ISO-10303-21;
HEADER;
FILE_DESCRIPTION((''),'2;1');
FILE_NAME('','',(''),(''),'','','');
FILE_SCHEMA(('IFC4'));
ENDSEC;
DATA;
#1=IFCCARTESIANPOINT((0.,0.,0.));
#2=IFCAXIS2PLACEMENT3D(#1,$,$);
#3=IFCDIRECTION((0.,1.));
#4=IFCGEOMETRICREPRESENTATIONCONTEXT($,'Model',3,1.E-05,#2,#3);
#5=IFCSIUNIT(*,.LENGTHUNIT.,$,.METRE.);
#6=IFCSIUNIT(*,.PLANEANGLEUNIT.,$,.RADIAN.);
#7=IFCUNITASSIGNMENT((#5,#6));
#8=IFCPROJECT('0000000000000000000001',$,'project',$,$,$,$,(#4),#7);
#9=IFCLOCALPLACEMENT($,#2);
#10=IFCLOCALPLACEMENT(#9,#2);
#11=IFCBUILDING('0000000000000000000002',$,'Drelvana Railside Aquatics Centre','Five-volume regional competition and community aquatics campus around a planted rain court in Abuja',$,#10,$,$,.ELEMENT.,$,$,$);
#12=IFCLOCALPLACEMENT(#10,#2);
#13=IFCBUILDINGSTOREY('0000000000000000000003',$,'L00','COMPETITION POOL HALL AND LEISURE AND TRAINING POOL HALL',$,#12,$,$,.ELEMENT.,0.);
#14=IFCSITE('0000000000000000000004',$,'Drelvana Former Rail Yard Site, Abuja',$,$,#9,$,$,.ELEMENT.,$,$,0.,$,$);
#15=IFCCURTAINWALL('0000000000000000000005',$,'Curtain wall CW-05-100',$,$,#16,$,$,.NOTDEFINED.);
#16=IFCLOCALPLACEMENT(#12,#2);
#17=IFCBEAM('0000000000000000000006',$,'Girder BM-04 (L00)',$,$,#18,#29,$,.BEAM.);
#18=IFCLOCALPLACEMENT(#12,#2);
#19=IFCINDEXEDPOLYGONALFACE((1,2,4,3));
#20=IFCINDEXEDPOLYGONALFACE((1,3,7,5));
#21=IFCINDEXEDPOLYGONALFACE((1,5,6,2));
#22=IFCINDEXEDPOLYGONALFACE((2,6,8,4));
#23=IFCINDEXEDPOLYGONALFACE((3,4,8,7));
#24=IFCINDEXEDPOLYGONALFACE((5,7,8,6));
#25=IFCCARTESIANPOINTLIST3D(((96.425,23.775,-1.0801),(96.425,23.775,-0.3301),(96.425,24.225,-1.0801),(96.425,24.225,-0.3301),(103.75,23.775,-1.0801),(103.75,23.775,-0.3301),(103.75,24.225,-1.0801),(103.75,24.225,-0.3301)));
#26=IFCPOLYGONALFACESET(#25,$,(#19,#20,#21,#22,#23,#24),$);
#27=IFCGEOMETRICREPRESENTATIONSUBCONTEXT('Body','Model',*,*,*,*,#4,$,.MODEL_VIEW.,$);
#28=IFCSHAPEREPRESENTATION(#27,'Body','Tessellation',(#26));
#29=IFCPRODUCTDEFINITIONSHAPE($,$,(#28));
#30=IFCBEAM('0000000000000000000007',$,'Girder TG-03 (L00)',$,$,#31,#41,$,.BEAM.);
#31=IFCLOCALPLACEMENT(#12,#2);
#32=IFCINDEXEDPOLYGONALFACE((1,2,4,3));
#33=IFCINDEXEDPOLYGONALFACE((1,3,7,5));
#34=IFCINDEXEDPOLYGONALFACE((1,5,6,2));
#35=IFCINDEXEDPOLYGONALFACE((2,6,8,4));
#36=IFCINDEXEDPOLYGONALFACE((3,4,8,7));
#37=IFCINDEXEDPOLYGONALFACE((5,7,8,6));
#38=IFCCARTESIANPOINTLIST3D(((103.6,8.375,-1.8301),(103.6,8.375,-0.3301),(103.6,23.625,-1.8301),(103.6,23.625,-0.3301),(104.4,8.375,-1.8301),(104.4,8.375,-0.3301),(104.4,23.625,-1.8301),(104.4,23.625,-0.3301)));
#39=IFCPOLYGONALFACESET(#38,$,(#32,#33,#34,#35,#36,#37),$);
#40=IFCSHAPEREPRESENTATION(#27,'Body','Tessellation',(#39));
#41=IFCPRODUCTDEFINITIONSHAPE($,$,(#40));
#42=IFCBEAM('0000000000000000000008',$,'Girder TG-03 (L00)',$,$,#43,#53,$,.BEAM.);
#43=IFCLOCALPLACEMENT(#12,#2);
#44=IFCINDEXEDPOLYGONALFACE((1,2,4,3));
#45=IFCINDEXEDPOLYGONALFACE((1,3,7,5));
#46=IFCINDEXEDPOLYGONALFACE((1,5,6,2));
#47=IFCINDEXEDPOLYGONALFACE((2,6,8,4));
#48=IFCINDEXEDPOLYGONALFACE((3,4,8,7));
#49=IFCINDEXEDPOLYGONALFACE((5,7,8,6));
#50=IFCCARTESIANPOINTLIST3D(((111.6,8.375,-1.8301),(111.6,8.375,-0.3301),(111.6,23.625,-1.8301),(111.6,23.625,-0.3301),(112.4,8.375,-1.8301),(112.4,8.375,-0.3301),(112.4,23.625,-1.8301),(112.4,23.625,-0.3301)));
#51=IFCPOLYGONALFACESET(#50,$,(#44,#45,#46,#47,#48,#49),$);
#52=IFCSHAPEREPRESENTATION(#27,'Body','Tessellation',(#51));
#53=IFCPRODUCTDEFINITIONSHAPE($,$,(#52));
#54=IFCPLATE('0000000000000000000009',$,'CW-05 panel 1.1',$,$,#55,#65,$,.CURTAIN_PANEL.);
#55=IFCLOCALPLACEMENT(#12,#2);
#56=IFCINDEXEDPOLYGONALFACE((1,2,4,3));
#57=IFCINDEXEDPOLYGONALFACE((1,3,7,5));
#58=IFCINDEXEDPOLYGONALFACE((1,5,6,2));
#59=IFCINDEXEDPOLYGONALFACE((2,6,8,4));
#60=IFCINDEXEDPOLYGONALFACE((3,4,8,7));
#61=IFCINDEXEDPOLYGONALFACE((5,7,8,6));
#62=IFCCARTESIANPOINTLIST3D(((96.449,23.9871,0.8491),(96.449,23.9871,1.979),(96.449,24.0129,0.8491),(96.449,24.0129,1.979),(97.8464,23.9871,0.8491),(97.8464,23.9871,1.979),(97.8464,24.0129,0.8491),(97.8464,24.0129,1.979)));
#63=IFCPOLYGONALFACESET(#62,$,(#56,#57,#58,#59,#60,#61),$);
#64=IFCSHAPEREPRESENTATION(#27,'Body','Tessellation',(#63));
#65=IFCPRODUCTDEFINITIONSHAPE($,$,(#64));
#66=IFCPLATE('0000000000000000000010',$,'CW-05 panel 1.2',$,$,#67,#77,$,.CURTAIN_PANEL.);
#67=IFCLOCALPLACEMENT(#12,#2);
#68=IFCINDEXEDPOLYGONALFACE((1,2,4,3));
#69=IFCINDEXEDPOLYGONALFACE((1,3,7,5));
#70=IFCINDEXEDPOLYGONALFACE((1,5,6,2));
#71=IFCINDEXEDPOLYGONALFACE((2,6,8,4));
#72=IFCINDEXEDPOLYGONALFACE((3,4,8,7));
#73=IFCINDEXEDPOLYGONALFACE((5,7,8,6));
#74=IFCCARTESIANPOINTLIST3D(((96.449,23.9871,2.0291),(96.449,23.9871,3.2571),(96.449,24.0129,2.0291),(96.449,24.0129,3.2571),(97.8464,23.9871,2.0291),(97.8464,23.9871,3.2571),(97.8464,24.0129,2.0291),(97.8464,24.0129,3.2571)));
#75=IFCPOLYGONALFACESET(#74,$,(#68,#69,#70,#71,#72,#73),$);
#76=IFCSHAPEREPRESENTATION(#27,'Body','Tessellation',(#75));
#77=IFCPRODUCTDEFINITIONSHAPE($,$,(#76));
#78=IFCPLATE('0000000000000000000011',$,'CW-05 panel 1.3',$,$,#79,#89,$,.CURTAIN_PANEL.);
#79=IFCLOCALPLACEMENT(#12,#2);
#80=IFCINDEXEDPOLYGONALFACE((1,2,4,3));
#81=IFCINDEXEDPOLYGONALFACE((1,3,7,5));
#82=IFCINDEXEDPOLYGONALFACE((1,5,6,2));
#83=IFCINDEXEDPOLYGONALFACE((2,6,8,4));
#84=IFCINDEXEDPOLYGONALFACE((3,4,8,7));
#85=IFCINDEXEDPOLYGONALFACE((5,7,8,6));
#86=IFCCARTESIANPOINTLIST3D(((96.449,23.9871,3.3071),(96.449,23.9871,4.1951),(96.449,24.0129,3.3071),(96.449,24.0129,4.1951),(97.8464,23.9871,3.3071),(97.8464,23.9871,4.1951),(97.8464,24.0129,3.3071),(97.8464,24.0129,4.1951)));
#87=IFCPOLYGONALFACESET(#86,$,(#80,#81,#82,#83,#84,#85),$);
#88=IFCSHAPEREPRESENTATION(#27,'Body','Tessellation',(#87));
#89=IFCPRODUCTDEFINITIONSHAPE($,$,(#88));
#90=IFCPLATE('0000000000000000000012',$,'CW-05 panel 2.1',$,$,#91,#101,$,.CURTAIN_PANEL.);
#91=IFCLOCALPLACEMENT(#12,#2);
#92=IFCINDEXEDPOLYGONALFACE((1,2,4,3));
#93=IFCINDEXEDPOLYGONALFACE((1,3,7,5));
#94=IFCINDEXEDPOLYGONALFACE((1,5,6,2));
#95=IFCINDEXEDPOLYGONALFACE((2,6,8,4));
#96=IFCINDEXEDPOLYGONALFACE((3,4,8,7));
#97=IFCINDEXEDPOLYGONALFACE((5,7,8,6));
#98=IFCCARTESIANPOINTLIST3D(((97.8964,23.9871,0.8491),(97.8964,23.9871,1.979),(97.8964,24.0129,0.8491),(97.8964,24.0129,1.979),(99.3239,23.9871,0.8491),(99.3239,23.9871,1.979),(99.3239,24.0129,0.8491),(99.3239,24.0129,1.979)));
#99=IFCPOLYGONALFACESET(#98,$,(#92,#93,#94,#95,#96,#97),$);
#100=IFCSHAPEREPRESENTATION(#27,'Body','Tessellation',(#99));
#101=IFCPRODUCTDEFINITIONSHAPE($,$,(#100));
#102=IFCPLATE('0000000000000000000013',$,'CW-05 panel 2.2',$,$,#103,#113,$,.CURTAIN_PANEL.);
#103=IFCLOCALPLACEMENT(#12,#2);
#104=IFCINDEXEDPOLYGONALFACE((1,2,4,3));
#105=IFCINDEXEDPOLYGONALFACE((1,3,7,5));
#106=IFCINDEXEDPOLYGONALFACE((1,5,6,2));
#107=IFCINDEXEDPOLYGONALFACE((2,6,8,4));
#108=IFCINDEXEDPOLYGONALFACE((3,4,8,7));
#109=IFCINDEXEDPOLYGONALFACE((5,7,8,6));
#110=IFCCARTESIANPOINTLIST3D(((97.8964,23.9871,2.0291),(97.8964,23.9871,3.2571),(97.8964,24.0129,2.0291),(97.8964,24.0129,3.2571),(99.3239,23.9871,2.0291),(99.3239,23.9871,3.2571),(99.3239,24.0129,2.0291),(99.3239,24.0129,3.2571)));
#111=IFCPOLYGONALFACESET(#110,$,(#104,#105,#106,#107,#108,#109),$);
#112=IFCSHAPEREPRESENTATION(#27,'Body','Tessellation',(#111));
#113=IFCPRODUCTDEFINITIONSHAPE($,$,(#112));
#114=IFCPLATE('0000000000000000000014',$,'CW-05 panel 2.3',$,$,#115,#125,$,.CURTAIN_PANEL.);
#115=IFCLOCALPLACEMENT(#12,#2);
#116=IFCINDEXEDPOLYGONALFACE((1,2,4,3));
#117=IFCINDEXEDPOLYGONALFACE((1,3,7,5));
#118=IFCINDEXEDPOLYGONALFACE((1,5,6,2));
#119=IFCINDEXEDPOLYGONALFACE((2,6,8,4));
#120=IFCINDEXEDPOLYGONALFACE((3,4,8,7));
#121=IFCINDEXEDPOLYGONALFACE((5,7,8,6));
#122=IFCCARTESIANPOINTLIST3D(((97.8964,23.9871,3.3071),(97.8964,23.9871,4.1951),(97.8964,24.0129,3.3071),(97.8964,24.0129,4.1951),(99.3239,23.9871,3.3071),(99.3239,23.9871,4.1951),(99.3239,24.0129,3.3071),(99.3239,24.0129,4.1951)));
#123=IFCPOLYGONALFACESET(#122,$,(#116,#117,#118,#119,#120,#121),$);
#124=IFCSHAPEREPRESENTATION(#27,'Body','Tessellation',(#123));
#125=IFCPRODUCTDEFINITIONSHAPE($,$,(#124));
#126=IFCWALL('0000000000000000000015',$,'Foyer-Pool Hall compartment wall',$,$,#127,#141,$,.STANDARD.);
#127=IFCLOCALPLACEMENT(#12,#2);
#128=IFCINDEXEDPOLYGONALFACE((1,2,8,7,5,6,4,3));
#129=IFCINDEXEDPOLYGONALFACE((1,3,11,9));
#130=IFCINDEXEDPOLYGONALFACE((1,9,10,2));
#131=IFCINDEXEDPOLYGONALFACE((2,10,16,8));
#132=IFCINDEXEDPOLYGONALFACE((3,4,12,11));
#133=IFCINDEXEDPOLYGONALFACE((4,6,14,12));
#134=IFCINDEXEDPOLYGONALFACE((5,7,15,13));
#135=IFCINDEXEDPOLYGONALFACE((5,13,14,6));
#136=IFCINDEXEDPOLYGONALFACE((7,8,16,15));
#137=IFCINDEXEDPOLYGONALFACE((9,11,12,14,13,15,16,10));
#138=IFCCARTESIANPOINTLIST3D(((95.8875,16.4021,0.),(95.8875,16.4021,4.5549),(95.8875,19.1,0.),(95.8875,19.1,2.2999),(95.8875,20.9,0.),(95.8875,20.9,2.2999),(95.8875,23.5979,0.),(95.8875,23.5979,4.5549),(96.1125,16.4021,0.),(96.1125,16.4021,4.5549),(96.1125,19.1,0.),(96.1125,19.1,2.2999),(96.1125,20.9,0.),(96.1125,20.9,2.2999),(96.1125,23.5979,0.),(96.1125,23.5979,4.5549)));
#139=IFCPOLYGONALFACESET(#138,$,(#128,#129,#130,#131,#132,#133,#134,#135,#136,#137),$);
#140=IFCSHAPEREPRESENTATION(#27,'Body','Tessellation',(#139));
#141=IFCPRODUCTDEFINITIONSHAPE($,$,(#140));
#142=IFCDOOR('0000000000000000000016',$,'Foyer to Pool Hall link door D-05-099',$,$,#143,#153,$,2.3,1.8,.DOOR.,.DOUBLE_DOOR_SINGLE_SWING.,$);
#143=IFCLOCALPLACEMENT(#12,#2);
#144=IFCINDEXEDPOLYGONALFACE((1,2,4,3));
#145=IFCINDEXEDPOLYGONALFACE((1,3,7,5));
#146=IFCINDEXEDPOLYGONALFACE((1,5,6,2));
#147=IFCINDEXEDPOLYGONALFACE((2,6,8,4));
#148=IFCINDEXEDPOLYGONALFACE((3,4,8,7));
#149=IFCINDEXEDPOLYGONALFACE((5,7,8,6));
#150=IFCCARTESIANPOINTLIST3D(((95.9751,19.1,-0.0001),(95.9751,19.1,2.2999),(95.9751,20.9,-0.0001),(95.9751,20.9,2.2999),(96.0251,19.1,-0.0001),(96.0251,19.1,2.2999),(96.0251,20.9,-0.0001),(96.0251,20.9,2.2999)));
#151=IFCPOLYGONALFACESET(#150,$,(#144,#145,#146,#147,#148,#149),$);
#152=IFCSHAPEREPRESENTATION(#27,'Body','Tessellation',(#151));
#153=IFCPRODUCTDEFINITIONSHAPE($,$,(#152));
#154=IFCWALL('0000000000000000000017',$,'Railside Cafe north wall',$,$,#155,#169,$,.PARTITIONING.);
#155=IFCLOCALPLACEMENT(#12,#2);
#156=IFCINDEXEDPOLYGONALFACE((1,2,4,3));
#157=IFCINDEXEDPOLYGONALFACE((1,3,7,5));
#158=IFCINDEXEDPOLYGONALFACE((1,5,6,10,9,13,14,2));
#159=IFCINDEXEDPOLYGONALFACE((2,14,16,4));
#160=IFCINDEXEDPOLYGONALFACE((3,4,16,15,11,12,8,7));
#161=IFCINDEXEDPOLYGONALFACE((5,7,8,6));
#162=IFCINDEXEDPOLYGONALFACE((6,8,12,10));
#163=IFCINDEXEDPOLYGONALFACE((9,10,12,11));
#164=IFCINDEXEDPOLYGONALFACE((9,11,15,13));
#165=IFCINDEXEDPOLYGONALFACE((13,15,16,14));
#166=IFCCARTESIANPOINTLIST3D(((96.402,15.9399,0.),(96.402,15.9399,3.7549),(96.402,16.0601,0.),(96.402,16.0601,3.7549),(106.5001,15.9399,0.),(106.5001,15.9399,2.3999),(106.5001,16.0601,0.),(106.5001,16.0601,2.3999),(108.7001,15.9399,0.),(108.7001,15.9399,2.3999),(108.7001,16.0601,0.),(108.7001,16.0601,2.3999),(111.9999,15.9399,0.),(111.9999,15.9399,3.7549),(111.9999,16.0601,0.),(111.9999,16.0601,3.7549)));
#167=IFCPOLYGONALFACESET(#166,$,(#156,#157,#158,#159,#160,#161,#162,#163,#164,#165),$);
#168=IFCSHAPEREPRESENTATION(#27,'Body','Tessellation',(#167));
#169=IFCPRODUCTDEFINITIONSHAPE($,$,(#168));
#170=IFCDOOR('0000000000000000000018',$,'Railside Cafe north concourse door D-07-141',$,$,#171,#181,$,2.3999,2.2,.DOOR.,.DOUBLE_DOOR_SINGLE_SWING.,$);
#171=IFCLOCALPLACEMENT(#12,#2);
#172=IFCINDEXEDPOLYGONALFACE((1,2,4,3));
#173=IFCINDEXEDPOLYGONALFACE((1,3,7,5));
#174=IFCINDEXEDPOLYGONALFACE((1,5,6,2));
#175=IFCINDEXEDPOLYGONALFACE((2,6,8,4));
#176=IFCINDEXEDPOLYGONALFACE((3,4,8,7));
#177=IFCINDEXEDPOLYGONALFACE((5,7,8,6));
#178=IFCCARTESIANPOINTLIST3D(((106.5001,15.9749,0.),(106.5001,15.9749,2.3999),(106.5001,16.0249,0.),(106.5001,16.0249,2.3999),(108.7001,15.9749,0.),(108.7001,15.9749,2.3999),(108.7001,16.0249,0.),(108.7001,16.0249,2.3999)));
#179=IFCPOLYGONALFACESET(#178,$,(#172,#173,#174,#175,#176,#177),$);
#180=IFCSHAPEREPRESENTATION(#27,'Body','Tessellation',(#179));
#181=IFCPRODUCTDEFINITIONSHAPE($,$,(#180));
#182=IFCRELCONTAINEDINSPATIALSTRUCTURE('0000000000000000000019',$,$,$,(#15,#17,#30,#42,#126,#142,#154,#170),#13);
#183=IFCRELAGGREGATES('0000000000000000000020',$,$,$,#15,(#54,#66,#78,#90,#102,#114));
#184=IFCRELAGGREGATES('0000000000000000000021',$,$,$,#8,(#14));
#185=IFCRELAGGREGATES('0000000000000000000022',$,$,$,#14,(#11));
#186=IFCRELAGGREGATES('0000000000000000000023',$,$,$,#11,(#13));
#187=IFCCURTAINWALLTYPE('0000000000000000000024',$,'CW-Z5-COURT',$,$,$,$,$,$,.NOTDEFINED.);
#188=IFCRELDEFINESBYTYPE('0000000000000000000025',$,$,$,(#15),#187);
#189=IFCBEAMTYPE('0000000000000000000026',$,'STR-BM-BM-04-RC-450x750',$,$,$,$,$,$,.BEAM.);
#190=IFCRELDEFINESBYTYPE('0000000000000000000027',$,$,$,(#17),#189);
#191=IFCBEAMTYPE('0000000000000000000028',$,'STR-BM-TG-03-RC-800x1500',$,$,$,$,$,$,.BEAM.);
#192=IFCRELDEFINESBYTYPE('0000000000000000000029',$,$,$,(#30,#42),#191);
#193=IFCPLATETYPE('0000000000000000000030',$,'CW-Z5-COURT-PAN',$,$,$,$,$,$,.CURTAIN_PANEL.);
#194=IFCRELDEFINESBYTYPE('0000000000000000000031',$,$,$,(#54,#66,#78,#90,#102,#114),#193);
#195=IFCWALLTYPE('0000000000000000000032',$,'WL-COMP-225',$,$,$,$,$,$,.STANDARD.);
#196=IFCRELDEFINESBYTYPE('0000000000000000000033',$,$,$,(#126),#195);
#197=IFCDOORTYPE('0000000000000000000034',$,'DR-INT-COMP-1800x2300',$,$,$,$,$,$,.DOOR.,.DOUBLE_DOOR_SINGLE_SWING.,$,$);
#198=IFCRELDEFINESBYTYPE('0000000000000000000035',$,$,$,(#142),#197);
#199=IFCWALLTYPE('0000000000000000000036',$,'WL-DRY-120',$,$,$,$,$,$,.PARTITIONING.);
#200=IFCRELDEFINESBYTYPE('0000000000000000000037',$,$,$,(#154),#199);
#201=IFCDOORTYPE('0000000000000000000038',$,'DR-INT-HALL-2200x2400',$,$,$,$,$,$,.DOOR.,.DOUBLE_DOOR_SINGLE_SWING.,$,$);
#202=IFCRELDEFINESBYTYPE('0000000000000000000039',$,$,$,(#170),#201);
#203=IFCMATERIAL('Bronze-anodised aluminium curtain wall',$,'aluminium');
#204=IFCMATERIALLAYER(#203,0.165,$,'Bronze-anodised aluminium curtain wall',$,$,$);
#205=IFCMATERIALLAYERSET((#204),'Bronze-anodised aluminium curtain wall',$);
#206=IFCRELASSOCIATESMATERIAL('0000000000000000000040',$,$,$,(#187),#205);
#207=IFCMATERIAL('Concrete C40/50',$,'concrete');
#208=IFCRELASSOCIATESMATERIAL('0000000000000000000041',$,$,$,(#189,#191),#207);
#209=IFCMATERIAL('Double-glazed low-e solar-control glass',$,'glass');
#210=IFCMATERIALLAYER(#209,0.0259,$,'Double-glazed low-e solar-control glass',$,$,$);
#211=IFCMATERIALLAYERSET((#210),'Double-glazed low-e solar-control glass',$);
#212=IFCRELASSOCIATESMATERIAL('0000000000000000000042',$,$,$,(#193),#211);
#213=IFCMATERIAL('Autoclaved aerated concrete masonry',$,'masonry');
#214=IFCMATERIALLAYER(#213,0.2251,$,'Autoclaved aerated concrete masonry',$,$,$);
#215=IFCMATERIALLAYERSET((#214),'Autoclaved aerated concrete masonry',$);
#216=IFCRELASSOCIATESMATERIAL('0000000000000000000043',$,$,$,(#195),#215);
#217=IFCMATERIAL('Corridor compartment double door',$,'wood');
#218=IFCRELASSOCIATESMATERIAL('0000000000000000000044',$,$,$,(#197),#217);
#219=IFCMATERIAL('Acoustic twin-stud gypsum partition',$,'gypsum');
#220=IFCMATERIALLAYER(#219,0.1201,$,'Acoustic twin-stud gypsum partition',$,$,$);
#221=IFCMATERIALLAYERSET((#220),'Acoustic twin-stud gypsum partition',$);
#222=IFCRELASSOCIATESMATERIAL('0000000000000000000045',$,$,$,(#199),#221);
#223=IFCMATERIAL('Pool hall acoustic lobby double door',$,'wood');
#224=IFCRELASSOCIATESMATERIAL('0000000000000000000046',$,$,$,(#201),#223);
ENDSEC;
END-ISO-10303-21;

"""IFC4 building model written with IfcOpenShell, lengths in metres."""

from ifc_helpers import new_model, si_unit, direction, frame, frame_2d, origin, origin_2d, place, context, subcontext, project, spatial, rectangle, extrude, material, layer, layer_set, material_profile, profile_set, type_object, element, fill, aggregate, save


model = new_model("IFC4")

# Units and contexts
model_context = context("Model", 3, precision=1e-05, world=origin(), true_north=direction((0.0, 1.0)))
body_context = subcontext(model_context, "Body", "Model", "MODEL_VIEW")
ifc_project = project(units=[si_unit("LENGTHUNIT", "METRE"), si_unit("PLANEANGLEUNIT", "RADIAN")], contexts=[model_context])

# Site, building, storey
site_placement = place(None, origin())
site = spatial("IfcSite", under=ifc_project, at=site_placement, Name="Drelvana Former Rail Yard Site, Abuja", CompositionType="ELEMENT", RefElevation=0.0)
building_placement = place(site_placement, origin())
building = spatial("IfcBuilding", under=site, at=building_placement, Name="Drelvana Railside Aquatics Centre", Description="Five-volume regional competition and community aquatics campus around a planted rain court in Abuja", CompositionType="ELEMENT")
storey_placement = place(building_placement, origin())
storey = spatial("IfcBuildingStorey", under=building, at=storey_placement, Name="L00", Description="COMPETITION POOL HALL AND LEISURE AND TRAINING POOL HALL", CompositionType="ELEMENT", Elevation=0.0)

# Curtain wall
ifc_material_1 = material(Name="Bronze-anodised aluminium curtain wall", Category="aluminium")
ifc_layer_1 = layer(ifc_material_1, 0.165, Name="Bronze-anodised aluminium curtain wall")
ifc_layer_set_1 = layer_set([ifc_layer_1], Name="Bronze-anodised aluminium curtain wall")
curtain_wall_type = type_object("IfcCurtainWallType", Name="CW-Z5-COURT", PredefinedType="NOTDEFINED", material=ifc_layer_set_1)
curtain_wall_placement = place(storey_placement, origin())
curtain_wall = element("IfcCurtainWall", 1, at=curtain_wall_placement, inside=storey, type_object=curtain_wall_type, Name="Curtain wall CW-05-100", PredefinedType="NOTDEFINED")

# Beams
ifc_material_2 = material(Name="Concrete C40/50", Category="concrete")
ifc_material_profile_1 = material_profile(ifc_material_2, rectangle(XDim=0.45, YDim=0.75, at=origin_2d()), Name="RC 450x750")
ifc_profile_set_1 = profile_set([ifc_material_profile_1], Name="Concrete C40/50")
beam_type_1 = type_object("IfcBeamType", Name="STR-BM-BM-04-RC-450x750", PredefinedType="BEAM", material=ifc_profile_set_1)
beam_placement = place(storey_placement, frame((96.425, 24.0, -0.7051), z_axis=(1.0, 0.0, 0.0), x_axis=(0.0, 1.0, 0.0)))
element("IfcBeam", 2, at=beam_placement, inside=storey, type_object=beam_type_1, Name="Girder BM-04 (L00)", PredefinedType="BEAM", context=body_context, shape_type="SweptSolid", body=[
    extrude(rectangle(XDim=0.45, YDim=0.75, at=origin_2d()), origin(), (0.0, 0.0, 1.0), 7.325),
])
ifc_material_profile_2 = material_profile(ifc_material_2, rectangle(XDim=0.8, YDim=1.5, at=origin_2d()), Name="RC 800x1500")
ifc_profile_set_2 = profile_set([ifc_material_profile_2], Name="Concrete C40/50")
beam_type_2 = type_object("IfcBeamType", Name="STR-BM-TG-03-RC-800x1500", PredefinedType="BEAM", material=ifc_profile_set_2)
for number, where, z_axis, x_axis, name in (
    (3, (104.0, 8.375, -1.0801), (0.0, 1.0, 0.0), (-1.0, 0.0, 0.0), "Girder TG-03 (L00)"),
    (4, (112.0, 8.375, -1.0801), (0.0, 1.0, 0.0), (-1.0, 0.0, 0.0), "Girder TG-03 (L00)"),
):
    element("IfcBeam", number, at=place(storey_placement, frame(where, z_axis=z_axis, x_axis=x_axis)), inside=storey, type_object=beam_type_2, Name=name, PredefinedType="BEAM", context=body_context, shape_type="SweptSolid", body=[
        extrude(rectangle(XDim=0.8, YDim=1.5, at=origin_2d()), origin(), (0.0, 0.0, 1.0), 15.25),
    ])

# Plates
ifc_material_3 = material(Name="Double-glazed low-e solar-control glass", Category="glass")
ifc_layer_2 = layer(ifc_material_3, 0.0259, Name="Double-glazed low-e solar-control glass")
ifc_layer_set_2 = layer_set([ifc_layer_2], Name="Double-glazed low-e solar-control glass")
plate_type = type_object("IfcPlateType", Name="CW-Z5-COURT-PAN", PredefinedType="CURTAIN_PANEL", material=ifc_layer_set_2)
plate_1_placement = place(storey_placement, frame((97.1477, 24.0, 0.8491), z_axis=(0.0, 0.0, 1.0), x_axis=(1.0, 0.0, 0.0)))
plate_1 = element("IfcPlate", 5, at=plate_1_placement, type_object=plate_type, Name="CW-05 panel 1.1", PredefinedType="CURTAIN_PANEL", context=body_context, shape_type="SweptSolid", body=[
    extrude(rectangle(XDim=1.3975, YDim=0.0259, at=origin_2d()), origin(), (0.0, 0.0, 1.0), 1.1299),
])
plate_2_placement = place(storey_placement, frame((97.1477, 24.0, 2.0291), z_axis=(0.0, 0.0, 1.0), x_axis=(1.0, 0.0, 0.0)))
plate_2 = element("IfcPlate", 6, at=plate_2_placement, type_object=plate_type, Name="CW-05 panel 1.2", PredefinedType="CURTAIN_PANEL", context=body_context, shape_type="SweptSolid", body=[
    extrude(rectangle(XDim=1.3975, YDim=0.0259, at=origin_2d()), origin(), (0.0, 0.0, 1.0), 1.228),
])
plate_3_placement = place(storey_placement, frame((97.1477, 24.0, 3.3071), z_axis=(0.0, 0.0, 1.0), x_axis=(1.0, 0.0, 0.0)))
plate_3 = element("IfcPlate", 7, at=plate_3_placement, type_object=plate_type, Name="CW-05 panel 1.3", PredefinedType="CURTAIN_PANEL", context=body_context, shape_type="SweptSolid", body=[
    extrude(rectangle(XDim=1.3975, YDim=0.0259, at=origin_2d()), origin(), (0.0, 0.0, 1.0), 0.8879),
])
plate_4_placement = place(storey_placement, frame((98.6101, 24.0, 0.8491), z_axis=(0.0, 0.0, 1.0), x_axis=(1.0, 0.0, 0.0)))
plate_4 = element("IfcPlate", 8, at=plate_4_placement, type_object=plate_type, Name="CW-05 panel 2.1", PredefinedType="CURTAIN_PANEL", context=body_context, shape_type="SweptSolid", body=[
    extrude(rectangle(XDim=1.4275, YDim=0.0259, at=origin_2d()), origin(), (0.0, 0.0, 1.0), 1.1299),
])
plate_5_placement = place(storey_placement, frame((98.6101, 24.0, 2.0291), z_axis=(0.0, 0.0, 1.0), x_axis=(1.0, 0.0, 0.0)))
plate_5 = element("IfcPlate", 9, at=plate_5_placement, type_object=plate_type, Name="CW-05 panel 2.2", PredefinedType="CURTAIN_PANEL", context=body_context, shape_type="SweptSolid", body=[
    extrude(rectangle(XDim=1.4275, YDim=0.0259, at=origin_2d()), origin(), (0.0, 0.0, 1.0), 1.228),
])
plate_6_placement = place(storey_placement, frame((98.6101, 24.0, 3.3071), z_axis=(0.0, 0.0, 1.0), x_axis=(1.0, 0.0, 0.0)))
plate_6 = element("IfcPlate", 10, at=plate_6_placement, type_object=plate_type, Name="CW-05 panel 2.3", PredefinedType="CURTAIN_PANEL", context=body_context, shape_type="SweptSolid", body=[
    extrude(rectangle(XDim=1.4275, YDim=0.0259, at=origin_2d()), origin(), (0.0, 0.0, 1.0), 0.8879),
])
aggregate(curtain_wall, [plate_1, plate_2, plate_3, plate_4, plate_5, plate_6])

# Walls, openings, doors
ifc_material_4 = material(Name="Autoclaved aerated concrete masonry", Category="masonry")
ifc_layer_3 = layer(ifc_material_4, 0.2251, Name="Autoclaved aerated concrete masonry")
ifc_layer_set_3 = layer_set([ifc_layer_3], Name="Autoclaved aerated concrete masonry")
wall_type_1 = type_object("IfcWallType", Name="WL-COMP-225", PredefinedType="STANDARD", material=ifc_layer_set_3)
wall_1_placement = place(storey_placement, frame((96.0, 16.4021, 0.0), z_axis=(0.0, 0.0, 1.0), x_axis=(0.0, 1.0, 0.0)))
wall_1 = element("IfcWall", 11, at=wall_1_placement, inside=storey, type_object=wall_type_1, Name="Foyer-Pool Hall compartment wall", PredefinedType="STANDARD", context=body_context, shape_type="SweptSolid", body=[
    extrude(rectangle(XDim=7.1958, YDim=0.2251, at=frame_2d((3.5979, 0.0))), origin(), (0.0, 0.0, 1.0), 4.5549),
])
opening_1_placement = place(wall_1_placement, frame((2.698, 0.0, 0.0)))
opening_1 = element("IfcOpeningElement", 12, at=opening_1_placement, cuts=wall_1, PredefinedType="OPENING", context=body_context, shape_type="SweptSolid", body=[
    extrude(rectangle(XDim=1.8, YDim=2.3, at=frame_2d((0.8999, 1.1499))), frame((0.0, 0.1226, 0.0), z_axis=(0.0, -1.0, 0.0), x_axis=(1.0, 0.0, 0.0)), (0.0, 0.0, 1.0), 0.2451),
])
ifc_material_5 = material(Name="Corridor compartment double door", Category="wood")
door_type_1 = type_object("IfcDoorType", Name="DR-INT-COMP-1800x2300", OperationType="DOUBLE_DOOR_SINGLE_SWING", PredefinedType="DOOR", material=ifc_material_5)
door_1_placement = place(opening_1_placement, origin())
door_1 = element("IfcDoor", 13, at=door_1_placement, inside=storey, type_object=door_type_1, Name="Foyer to Pool Hall link door D-05-099", OperationType="DOUBLE_DOOR_SINGLE_SWING", OverallHeight=2.3, OverallWidth=1.8, PredefinedType="DOOR", context=body_context, shape_type="SweptSolid", body=[
    extrude(rectangle(XDim=1.8, YDim=2.3, at=frame_2d((0.8999, 1.1499))), frame((0.0, 0.0249, 0.0), z_axis=(0.0, -1.0, 0.0), x_axis=(1.0, 0.0, 0.0)), (0.0, 0.0, 1.0), 0.05),
])
fill(opening_1, door_1)
ifc_material_6 = material(Name="Acoustic twin-stud gypsum partition", Category="gypsum")
ifc_layer_4 = layer(ifc_material_6, 0.1201, Name="Acoustic twin-stud gypsum partition")
ifc_layer_set_4 = layer_set([ifc_layer_4], Name="Acoustic twin-stud gypsum partition")
wall_type_2 = type_object("IfcWallType", Name="WL-DRY-120", PredefinedType="PARTITIONING", material=ifc_layer_set_4)
wall_2_placement = place(storey_placement, frame((96.4021, 16.0, 0.0), z_axis=(0.0, 0.0, 1.0), x_axis=(1.0, 0.0, 0.0)))
wall_2 = element("IfcWall", 14, at=wall_2_placement, inside=storey, type_object=wall_type_2, Name="Railside Cafe north wall", PredefinedType="PARTITIONING", context=body_context, shape_type="SweptSolid", body=[
    extrude(rectangle(XDim=15.5979, YDim=0.1201, at=frame_2d((7.7988, 0.0))), origin(), (0.0, 0.0, 1.0), 3.7549),
])
opening_2_placement = place(wall_2_placement, frame((10.0979, 0.0, 0.0)))
opening_2 = element("IfcOpeningElement", 15, at=opening_2_placement, cuts=wall_2, PredefinedType="OPENING", context=body_context, shape_type="SweptSolid", body=[
    extrude(rectangle(XDim=2.2, YDim=2.3999, at=frame_2d((1.1001, 1.2))), frame((0.0, 0.0701, 0.0), z_axis=(0.0, -1.0, 0.0), x_axis=(1.0, 0.0, 0.0)), (0.0, 0.0, 1.0), 0.1401),
])
ifc_material_7 = material(Name="Pool hall acoustic lobby double door", Category="wood")
door_type_2 = type_object("IfcDoorType", Name="DR-INT-HALL-2200x2400", OperationType="DOUBLE_DOOR_SINGLE_SWING", PredefinedType="DOOR", material=ifc_material_7)
door_2_placement = place(opening_2_placement, origin())
door_2 = element("IfcDoor", 16, at=door_2_placement, inside=storey, type_object=door_type_2, Name="Railside Cafe north concourse door D-07-141", OperationType="DOUBLE_DOOR_SINGLE_SWING", OverallHeight=2.3999, OverallWidth=2.2, PredefinedType="DOOR", context=body_context, shape_type="SweptSolid", body=[
    extrude(rectangle(XDim=2.2, YDim=2.3999, at=frame_2d((1.1001, 1.2))), frame((0.0, 0.0249, 0.0), z_axis=(0.0, -1.0, 0.0), x_axis=(1.0, 0.0, 0.0)), (0.0, 0.0, 1.0), 0.05),
])
fill(opening_2, door_2)

save(model, "model.ifc")
